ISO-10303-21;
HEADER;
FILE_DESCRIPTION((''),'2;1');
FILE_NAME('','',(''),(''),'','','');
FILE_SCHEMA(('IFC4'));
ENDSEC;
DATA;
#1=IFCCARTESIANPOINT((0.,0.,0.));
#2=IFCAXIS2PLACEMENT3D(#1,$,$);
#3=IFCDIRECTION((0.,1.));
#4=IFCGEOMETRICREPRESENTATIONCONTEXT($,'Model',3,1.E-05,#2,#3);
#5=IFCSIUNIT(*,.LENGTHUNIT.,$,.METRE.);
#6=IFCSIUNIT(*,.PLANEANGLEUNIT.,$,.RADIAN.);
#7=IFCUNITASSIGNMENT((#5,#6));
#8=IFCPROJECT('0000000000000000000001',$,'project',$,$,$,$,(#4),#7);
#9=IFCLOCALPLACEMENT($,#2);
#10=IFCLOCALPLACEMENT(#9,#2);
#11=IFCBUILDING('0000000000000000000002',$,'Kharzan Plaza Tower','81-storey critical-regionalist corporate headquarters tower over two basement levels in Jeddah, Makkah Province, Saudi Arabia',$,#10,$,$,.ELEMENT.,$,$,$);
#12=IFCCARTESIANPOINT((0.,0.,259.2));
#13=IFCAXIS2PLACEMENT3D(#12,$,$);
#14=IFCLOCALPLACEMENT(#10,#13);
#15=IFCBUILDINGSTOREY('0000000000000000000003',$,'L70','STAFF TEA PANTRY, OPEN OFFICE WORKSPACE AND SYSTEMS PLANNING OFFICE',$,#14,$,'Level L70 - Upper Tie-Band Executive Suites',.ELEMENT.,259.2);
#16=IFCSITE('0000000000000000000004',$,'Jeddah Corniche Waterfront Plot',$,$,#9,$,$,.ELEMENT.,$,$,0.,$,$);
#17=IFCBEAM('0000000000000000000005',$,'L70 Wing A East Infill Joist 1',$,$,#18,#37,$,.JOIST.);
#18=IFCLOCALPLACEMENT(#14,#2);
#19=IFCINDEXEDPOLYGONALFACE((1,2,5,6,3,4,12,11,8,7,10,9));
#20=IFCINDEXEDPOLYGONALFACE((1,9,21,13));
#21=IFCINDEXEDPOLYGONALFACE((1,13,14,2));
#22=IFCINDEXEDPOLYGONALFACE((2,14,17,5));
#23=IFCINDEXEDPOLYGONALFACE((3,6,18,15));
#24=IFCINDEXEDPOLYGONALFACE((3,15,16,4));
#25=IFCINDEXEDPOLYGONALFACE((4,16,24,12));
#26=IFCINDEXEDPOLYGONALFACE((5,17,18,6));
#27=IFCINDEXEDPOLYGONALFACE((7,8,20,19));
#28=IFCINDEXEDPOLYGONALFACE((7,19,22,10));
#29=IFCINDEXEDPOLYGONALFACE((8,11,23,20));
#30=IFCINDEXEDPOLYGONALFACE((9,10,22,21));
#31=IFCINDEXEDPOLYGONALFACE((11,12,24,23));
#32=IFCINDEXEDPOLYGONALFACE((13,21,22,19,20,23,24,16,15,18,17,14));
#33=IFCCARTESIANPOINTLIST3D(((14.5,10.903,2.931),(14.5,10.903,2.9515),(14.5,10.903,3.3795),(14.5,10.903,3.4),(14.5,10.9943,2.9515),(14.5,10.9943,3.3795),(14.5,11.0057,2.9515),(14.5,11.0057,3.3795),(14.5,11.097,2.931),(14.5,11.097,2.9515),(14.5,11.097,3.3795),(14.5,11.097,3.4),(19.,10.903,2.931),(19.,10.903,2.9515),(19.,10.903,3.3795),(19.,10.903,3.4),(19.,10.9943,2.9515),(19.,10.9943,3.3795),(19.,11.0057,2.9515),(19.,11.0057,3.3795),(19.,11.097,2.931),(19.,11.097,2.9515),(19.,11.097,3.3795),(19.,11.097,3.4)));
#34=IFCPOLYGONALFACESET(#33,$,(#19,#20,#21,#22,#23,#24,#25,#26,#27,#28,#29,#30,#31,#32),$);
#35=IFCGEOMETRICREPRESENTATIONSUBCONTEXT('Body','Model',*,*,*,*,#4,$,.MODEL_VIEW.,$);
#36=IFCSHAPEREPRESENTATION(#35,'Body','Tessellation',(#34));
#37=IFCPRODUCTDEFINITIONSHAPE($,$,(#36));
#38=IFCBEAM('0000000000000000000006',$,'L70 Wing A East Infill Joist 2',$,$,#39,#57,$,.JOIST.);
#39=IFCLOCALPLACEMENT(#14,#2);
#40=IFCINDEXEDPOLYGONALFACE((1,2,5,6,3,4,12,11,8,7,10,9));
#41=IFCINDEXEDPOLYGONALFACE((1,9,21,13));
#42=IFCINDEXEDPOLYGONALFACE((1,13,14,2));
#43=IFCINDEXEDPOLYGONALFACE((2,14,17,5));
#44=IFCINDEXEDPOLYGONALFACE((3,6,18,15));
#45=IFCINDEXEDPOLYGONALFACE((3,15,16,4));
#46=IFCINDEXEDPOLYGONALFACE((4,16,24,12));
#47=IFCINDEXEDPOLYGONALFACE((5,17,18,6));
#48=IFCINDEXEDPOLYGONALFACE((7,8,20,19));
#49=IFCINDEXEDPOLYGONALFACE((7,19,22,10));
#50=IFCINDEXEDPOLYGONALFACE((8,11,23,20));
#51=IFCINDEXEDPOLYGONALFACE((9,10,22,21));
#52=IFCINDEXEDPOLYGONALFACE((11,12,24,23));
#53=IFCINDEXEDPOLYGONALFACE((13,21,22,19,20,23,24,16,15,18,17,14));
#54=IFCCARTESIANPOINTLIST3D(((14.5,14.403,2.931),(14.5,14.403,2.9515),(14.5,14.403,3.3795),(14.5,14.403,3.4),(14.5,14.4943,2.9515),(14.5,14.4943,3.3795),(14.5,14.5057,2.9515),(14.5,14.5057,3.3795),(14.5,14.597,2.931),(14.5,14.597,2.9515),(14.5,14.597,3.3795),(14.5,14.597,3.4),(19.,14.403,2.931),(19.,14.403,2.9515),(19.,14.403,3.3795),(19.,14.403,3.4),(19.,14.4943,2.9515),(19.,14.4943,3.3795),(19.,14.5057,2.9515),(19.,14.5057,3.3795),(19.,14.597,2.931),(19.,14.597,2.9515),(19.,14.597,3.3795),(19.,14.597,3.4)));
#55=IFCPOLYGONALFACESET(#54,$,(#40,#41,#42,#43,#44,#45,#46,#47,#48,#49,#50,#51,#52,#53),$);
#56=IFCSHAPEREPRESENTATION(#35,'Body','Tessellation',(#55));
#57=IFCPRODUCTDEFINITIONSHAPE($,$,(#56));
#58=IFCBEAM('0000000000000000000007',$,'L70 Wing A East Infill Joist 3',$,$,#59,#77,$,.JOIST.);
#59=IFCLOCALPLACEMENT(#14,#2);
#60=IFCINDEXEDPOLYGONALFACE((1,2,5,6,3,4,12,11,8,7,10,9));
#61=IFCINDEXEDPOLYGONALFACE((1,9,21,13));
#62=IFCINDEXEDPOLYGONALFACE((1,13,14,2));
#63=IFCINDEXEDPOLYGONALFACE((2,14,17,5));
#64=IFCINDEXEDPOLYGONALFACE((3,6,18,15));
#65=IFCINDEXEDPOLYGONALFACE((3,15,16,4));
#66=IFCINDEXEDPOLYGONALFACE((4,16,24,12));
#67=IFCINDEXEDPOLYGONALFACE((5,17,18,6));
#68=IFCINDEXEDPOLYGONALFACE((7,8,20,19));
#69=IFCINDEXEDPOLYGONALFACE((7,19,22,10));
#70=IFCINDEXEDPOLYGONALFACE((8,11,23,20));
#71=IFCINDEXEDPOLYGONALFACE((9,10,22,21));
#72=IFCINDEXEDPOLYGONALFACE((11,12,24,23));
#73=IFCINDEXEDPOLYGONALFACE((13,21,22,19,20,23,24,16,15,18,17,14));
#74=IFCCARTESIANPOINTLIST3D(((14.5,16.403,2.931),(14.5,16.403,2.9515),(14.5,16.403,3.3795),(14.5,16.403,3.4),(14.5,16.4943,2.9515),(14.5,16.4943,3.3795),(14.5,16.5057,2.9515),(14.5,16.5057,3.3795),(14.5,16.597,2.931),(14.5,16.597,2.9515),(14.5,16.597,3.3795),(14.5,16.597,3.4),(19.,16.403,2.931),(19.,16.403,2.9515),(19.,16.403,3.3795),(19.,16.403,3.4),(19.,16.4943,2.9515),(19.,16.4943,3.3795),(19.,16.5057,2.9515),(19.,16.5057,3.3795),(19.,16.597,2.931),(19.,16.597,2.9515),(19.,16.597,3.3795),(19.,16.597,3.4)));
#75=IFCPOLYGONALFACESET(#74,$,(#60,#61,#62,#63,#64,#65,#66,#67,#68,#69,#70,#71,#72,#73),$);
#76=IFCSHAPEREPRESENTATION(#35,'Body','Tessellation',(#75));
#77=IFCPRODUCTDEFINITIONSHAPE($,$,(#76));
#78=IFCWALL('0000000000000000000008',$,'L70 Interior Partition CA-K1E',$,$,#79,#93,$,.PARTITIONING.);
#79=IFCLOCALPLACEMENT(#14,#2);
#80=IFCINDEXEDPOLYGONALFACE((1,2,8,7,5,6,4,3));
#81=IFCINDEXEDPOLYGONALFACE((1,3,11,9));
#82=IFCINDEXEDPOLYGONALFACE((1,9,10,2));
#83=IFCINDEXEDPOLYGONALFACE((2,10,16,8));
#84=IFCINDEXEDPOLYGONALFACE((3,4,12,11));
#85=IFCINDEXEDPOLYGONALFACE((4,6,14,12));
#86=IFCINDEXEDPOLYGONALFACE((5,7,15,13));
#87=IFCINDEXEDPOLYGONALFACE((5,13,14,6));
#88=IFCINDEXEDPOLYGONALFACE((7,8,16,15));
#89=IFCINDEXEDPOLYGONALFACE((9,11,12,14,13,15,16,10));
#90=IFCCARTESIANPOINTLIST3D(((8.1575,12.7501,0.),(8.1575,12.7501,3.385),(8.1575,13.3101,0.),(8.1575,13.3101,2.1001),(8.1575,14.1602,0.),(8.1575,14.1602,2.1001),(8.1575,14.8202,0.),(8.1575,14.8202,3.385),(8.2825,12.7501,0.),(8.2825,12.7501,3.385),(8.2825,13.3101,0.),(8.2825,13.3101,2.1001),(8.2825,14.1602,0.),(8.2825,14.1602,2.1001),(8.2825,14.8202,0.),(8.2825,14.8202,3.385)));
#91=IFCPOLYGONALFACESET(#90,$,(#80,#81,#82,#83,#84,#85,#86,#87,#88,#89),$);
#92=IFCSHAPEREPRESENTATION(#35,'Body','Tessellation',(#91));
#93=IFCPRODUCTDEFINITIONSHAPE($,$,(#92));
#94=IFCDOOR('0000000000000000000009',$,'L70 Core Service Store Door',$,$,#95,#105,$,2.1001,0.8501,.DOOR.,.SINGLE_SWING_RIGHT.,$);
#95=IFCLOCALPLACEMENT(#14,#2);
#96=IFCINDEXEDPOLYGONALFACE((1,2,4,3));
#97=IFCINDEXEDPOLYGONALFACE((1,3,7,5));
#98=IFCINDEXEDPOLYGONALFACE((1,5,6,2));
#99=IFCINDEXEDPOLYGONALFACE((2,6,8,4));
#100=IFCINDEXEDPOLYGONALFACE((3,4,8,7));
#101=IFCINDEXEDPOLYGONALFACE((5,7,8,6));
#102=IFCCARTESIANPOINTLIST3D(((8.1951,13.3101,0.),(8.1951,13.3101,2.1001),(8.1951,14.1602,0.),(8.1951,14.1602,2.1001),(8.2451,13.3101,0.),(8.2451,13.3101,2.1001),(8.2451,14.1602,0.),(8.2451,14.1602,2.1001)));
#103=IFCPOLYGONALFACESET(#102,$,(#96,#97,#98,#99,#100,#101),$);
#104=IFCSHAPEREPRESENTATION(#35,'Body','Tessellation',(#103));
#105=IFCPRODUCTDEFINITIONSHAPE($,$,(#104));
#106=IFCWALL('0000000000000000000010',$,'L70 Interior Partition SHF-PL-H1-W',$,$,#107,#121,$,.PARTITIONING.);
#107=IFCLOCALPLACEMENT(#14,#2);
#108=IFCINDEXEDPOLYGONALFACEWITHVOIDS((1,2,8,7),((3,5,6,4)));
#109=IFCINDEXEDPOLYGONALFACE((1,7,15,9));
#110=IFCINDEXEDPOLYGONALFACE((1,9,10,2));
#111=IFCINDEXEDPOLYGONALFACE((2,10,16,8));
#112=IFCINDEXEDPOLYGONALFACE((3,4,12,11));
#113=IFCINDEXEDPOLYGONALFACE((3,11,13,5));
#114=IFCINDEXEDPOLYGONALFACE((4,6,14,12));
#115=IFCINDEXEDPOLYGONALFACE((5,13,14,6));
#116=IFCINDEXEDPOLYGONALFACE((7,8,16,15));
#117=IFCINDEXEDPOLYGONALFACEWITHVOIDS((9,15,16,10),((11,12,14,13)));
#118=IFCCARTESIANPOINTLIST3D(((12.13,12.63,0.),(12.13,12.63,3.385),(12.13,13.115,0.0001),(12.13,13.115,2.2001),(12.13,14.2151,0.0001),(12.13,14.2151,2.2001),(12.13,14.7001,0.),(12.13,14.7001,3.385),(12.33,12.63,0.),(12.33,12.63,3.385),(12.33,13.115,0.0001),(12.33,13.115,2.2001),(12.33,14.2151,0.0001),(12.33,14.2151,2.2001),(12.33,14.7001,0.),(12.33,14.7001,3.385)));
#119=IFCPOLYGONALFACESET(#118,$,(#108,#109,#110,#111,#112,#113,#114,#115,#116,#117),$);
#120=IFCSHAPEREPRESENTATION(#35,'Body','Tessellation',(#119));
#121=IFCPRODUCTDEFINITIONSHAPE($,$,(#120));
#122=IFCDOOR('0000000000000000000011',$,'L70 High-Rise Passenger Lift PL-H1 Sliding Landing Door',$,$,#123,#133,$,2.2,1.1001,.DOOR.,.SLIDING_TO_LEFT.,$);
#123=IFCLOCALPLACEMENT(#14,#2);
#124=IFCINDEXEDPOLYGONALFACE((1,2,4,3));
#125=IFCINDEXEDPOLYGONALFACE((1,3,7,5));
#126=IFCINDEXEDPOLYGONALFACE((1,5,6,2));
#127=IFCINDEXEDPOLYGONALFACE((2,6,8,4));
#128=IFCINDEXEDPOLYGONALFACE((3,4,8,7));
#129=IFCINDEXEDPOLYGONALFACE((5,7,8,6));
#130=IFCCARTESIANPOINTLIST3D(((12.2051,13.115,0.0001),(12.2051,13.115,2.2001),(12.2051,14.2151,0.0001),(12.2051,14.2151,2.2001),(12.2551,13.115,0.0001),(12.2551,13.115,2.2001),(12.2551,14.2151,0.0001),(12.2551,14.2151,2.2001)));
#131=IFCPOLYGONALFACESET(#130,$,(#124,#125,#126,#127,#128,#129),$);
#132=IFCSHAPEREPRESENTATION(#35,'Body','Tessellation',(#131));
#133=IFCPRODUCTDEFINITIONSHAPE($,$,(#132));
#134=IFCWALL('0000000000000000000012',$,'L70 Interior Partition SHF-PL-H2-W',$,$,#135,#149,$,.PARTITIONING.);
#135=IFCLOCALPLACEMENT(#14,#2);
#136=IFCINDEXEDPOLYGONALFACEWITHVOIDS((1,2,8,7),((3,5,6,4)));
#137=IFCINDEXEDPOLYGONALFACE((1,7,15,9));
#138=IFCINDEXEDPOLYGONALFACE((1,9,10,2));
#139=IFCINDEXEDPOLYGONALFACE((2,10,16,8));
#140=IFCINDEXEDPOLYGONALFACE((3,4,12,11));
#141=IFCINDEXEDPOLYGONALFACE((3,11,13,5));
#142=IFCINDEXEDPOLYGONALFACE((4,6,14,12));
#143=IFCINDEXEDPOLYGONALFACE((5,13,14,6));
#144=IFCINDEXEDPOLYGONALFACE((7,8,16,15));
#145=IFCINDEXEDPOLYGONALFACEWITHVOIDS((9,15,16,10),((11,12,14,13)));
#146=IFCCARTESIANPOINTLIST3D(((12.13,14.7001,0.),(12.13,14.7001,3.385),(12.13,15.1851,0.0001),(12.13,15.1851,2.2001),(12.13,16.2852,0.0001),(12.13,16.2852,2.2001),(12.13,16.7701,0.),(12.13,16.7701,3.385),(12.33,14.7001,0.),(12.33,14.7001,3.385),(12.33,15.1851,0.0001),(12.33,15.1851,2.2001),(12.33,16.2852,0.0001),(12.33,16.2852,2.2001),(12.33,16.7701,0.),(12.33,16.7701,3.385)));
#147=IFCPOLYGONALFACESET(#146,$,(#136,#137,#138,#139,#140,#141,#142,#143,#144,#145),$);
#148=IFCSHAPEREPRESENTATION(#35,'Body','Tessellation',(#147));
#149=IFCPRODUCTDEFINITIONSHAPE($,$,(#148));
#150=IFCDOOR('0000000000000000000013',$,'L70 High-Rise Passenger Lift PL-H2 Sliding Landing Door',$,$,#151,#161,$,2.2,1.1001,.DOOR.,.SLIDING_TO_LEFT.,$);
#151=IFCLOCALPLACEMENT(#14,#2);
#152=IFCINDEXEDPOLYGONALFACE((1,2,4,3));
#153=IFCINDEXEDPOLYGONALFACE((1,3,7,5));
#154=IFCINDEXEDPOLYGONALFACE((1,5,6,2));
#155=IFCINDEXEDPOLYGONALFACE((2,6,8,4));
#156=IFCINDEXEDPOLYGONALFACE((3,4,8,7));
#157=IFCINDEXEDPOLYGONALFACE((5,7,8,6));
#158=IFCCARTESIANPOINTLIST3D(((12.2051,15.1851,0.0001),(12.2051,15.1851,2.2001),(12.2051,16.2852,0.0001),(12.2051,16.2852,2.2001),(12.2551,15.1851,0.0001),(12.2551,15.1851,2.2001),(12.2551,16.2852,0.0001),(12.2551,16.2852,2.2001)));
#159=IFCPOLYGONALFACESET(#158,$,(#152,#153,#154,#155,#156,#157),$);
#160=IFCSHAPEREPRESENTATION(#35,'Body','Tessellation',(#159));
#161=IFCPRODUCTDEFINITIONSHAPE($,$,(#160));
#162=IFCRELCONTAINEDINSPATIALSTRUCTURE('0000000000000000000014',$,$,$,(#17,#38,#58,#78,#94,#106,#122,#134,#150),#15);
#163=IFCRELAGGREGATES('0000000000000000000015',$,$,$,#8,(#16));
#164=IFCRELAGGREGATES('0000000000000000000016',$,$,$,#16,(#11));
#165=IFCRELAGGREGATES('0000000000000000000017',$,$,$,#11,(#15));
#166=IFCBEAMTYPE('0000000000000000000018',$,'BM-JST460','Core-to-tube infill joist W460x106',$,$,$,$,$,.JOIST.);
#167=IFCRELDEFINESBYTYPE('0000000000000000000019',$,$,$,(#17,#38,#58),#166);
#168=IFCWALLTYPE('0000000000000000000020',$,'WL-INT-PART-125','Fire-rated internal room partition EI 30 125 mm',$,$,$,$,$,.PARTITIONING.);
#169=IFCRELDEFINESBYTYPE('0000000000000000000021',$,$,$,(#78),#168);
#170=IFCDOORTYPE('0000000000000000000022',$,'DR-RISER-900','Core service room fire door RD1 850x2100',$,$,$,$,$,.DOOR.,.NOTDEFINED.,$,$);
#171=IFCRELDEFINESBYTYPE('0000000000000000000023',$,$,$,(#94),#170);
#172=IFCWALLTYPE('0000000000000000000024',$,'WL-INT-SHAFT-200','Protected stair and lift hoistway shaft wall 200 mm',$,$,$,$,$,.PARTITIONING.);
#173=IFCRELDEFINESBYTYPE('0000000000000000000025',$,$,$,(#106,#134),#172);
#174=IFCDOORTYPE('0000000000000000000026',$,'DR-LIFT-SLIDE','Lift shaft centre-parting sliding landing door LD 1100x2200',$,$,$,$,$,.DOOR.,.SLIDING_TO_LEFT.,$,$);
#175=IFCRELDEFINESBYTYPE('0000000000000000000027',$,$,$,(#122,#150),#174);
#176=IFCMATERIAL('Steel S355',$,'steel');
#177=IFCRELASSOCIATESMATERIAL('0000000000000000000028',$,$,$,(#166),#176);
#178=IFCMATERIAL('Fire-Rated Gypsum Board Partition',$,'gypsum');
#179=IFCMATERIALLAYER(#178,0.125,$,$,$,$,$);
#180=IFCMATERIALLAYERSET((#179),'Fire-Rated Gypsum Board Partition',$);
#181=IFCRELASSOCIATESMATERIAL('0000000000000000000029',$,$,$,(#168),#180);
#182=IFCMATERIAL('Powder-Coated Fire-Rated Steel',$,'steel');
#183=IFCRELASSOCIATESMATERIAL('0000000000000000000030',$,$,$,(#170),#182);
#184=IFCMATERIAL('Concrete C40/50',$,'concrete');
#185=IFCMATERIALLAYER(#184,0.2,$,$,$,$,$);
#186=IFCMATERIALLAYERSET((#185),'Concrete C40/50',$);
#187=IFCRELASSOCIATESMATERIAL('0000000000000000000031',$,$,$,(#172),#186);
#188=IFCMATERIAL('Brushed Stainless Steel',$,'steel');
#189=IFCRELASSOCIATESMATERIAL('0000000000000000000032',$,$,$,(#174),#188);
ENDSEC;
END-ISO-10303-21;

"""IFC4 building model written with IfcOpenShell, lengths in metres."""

from ifc_helpers import new_model, si_unit, direction, frame, frame_2d, origin, origin_2d, place, context, subcontext, project, spatial, rectangle, i_section, extrude, source, transform, mapped, material, layer, layer_set, material_profile, profile_set, type_object, element, fill, save


model = new_model("IFC4")

# Units and contexts
model_context = context("Model", 3, precision=1e-05, world=origin(), true_north=direction((0.0, 1.0)))
body_context = subcontext(model_context, "Body", "Model", "MODEL_VIEW")
ifc_project = project(units=[si_unit("LENGTHUNIT", "METRE"), si_unit("PLANEANGLEUNIT", "RADIAN")], contexts=[model_context])

# Site, building, storey
site_placement = place(None, origin())
site = spatial("IfcSite", under=ifc_project, at=site_placement, Name="Jeddah Corniche Waterfront Plot", CompositionType="ELEMENT", RefElevation=0.0)
building_placement = place(site_placement, origin())
building = spatial("IfcBuilding", under=site, at=building_placement, Name="Kharzan Plaza Tower", Description="81-storey critical-regionalist corporate headquarters tower over two basement levels in Jeddah, Makkah Province, Saudi Arabia", CompositionType="ELEMENT")
storey_placement = place(building_placement, frame((0.0, 0.0, 259.2)))
storey = spatial("IfcBuildingStorey", under=building, at=storey_placement, Name="L70", Description="STAFF TEA PANTRY, OPEN OFFICE WORKSPACE AND SYSTEMS PLANNING OFFICE", LongName="Level L70 - Upper Tie-Band Executive Suites", CompositionType="ELEMENT", Elevation=259.2)

# Beams
ifc_material_1 = material(Name="Steel S355", Category="steel")
ifc_material_profile = material_profile(ifc_material_1, i_section(OverallWidth=0.1941, OverallDepth=0.469, WebThickness=0.0115, FlangeThickness=0.0205, at=origin_2d()), Name="W460x106")
ifc_profile_set = profile_set([ifc_material_profile], Name="Steel S355")
beam_type = type_object("IfcBeamType", Name="BM-JST460", Description="Core-to-tube infill joist W460x106", PredefinedType="JOIST", material=ifc_profile_set)
shared_shape_1 = source(origin(), body_context, "Body", "SweptSolid", [
    extrude(i_section(OverallWidth=0.1941, OverallDepth=0.469, WebThickness=0.0115, FlangeThickness=0.0205, at=origin_2d()), origin(), (0.0, 0.0, 1.0), 4.5),
])
for number, where, z_axis, x_axis, name in (
    (1, (14.5, 11.0, 3.1655), (1.0, 0.0, 0.0), (0.0, 1.0, 0.0), "L70 Wing A East Infill Joist 1"),
    (2, (14.5, 14.5, 3.1655), (1.0, 0.0, 0.0), (0.0, 1.0, 0.0), "L70 Wing A East Infill Joist 2"),
    (3, (14.5, 16.5, 3.1655), (1.0, 0.0, 0.0), (0.0, 1.0, 0.0), "L70 Wing A East Infill Joist 3"),
):
    element("IfcBeam", number, at=place(storey_placement, frame(where, z_axis=z_axis, x_axis=x_axis)), inside=storey, type_object=beam_type, Name=name, PredefinedType="JOIST", context=body_context, shape_type="MappedRepresentation", body=[
        mapped(shared_shape_1, transform((0.0, 0.0, 0.0), x_axis=(1.0, 0.0, 0.0), y_axis=(0.0, 1.0, 0.0), z_axis=(0.0, 0.0, 1.0))),
    ])

# Walls, openings, doors
ifc_material_2 = material(Name="Fire-Rated Gypsum Board Partition", Category="gypsum")
ifc_layer_1 = layer(ifc_material_2, 0.125)
ifc_layer_set_1 = layer_set([ifc_layer_1], Name="Fire-Rated Gypsum Board Partition")
wall_type_1 = type_object("IfcWallType", Name="WL-INT-PART-125", Description="Fire-rated internal room partition EI 30 125 mm", PredefinedType="PARTITIONING", material=ifc_layer_set_1)
wall_1_placement = place(storey_placement, frame((8.22, 12.75, 0.0), z_axis=(0.0, 0.0, 1.0), x_axis=(0.0, 1.0, 0.0)))
wall_1 = element("IfcWall", 4, at=wall_1_placement, inside=storey, type_object=wall_type_1, Name="L70 Interior Partition CA-K1E", PredefinedType="PARTITIONING", context=body_context, shape_type="SweptSolid", body=[
    extrude(rectangle(XDim=2.0701, YDim=0.125, at=frame_2d((1.0352, 0.0))), origin(), (0.0, 0.0, 1.0), 3.385),
])
opening_1_placement = place(wall_1_placement, frame((0.5601, 0.0, 0.0)))
opening_1 = element("IfcOpeningElement", 5, at=opening_1_placement, cuts=wall_1, PredefinedType="OPENING", context=body_context, shape_type="SweptSolid", body=[
    extrude(rectangle(XDim=0.8501, YDim=2.1001, at=frame_2d((0.425, 1.05))), frame((0.0, 0.0725, 0.0), z_axis=(0.0, -1.0, 0.0), x_axis=(1.0, 0.0, 0.0)), (0.0, 0.0, 1.0), 0.145),
])
ifc_material_3 = material(Name="Powder-Coated Fire-Rated Steel", Category="steel")
door_type_1 = type_object("IfcDoorType", Name="DR-RISER-900", Description="Core service room fire door RD1 850x2100", OperationType="NOTDEFINED", PredefinedType="DOOR", material=ifc_material_3)
shared_shape_2 = source(origin(), body_context, "Body", "SweptSolid", [
    extrude(rectangle(XDim=0.8501, YDim=2.1001, at=frame_2d((0.425, 1.05))), frame((0.0, 0.0249, 0.0), z_axis=(0.0, -1.0, 0.0), x_axis=(1.0, 0.0, 0.0)), (0.0, 0.0, 1.0), 0.05),
])
door_1_placement = place(opening_1_placement, origin())
door_1 = element("IfcDoor", 6, at=door_1_placement, inside=storey, type_object=door_type_1, Name="L70 Core Service Store Door", OperationType="SINGLE_SWING_RIGHT", OverallHeight=2.1001, OverallWidth=0.8501, PredefinedType="DOOR", context=body_context, shape_type="MappedRepresentation", body=[
    mapped(shared_shape_2, transform((0.0, 0.0, 0.0), x_axis=(1.0, 0.0, 0.0), y_axis=(0.0, 1.0, 0.0), z_axis=(0.0, 0.0, 1.0))),
])
fill(opening_1, door_1)
ifc_material_4 = material(Name="Concrete C40/50", Category="concrete")
ifc_layer_2 = layer(ifc_material_4, 0.2)
ifc_layer_set_2 = layer_set([ifc_layer_2], Name="Concrete C40/50")
wall_type_2 = type_object("IfcWallType", Name="WL-INT-SHAFT-200", Description="Protected stair and lift hoistway shaft wall 200 mm", PredefinedType="PARTITIONING", material=ifc_layer_set_2)
wall_2_placement = place(storey_placement, frame((12.23, 12.6299, 0.0), z_axis=(0.0, 0.0, 1.0), x_axis=(0.0, 1.0, 0.0)))
wall_2 = element("IfcWall", 7, at=wall_2_placement, inside=storey, type_object=wall_type_2, Name="L70 Interior Partition SHF-PL-H1-W", PredefinedType="PARTITIONING", context=body_context, shape_type="SweptSolid", body=[
    extrude(rectangle(XDim=2.0701, YDim=0.2, at=frame_2d((1.0352, 0.0))), origin(), (0.0, 0.0, 1.0), 3.385),
])
opening_2_placement = place(wall_2_placement, frame((0.4851, 0.0, 0.0)))
opening_2 = element("IfcOpeningElement", 8, at=opening_2_placement, cuts=wall_2, PredefinedType="OPENING", context=body_context, shape_type="SweptSolid", body=[
    extrude(rectangle(XDim=1.1001, YDim=2.2, at=frame_2d((0.55, 1.1001))), frame((0.0, 0.1099, 0.0), z_axis=(0.0, -1.0, 0.0), x_axis=(1.0, 0.0, 0.0)), (0.0, 0.0, 1.0), 0.22),
])
ifc_material_5 = material(Name="Brushed Stainless Steel", Category="steel")
door_type_2 = type_object("IfcDoorType", Name="DR-LIFT-SLIDE", Description="Lift shaft centre-parting sliding landing door LD 1100x2200", OperationType="SLIDING_TO_LEFT", PredefinedType="DOOR", material=ifc_material_5)
shared_shape_3 = source(origin(), body_context, "Body", "SweptSolid", [
    extrude(rectangle(XDim=1.1001, YDim=2.2, at=frame_2d((0.55, 1.1001))), frame((0.0, 0.0249, 0.0), z_axis=(0.0, -1.0, 0.0), x_axis=(1.0, 0.0, 0.0)), (0.0, 0.0, 1.0), 0.05),
])
door_2_placement = place(opening_2_placement, origin())
door_2 = element("IfcDoor", 9, at=door_2_placement, inside=storey, type_object=door_type_2, Name="L70 High-Rise Passenger Lift PL-H1 Sliding Landing Door", OperationType="SLIDING_TO_LEFT", OverallHeight=2.2, OverallWidth=1.1001, PredefinedType="DOOR", context=body_context, shape_type="MappedRepresentation", body=[
    mapped(shared_shape_3, transform((0.0, 0.0, 0.0), x_axis=(1.0, 0.0, 0.0), y_axis=(0.0, 1.0, 0.0), z_axis=(0.0, 0.0, 1.0))),
])
fill(opening_2, door_2)
wall_3_placement = place(storey_placement, frame((12.23, 14.7, 0.0), z_axis=(0.0, 0.0, 1.0), x_axis=(0.0, 1.0, 0.0)))
wall_3 = element("IfcWall", 10, at=wall_3_placement, inside=storey, type_object=wall_type_2, Name="L70 Interior Partition SHF-PL-H2-W", PredefinedType="PARTITIONING", context=body_context, shape_type="SweptSolid", body=[
    extrude(rectangle(XDim=2.0701, YDim=0.2, at=frame_2d((1.0352, 0.0))), origin(), (0.0, 0.0, 1.0), 3.385),
])
opening_3_placement = place(wall_3_placement, frame((0.4851, 0.0, 0.0)))
opening_3 = element("IfcOpeningElement", 11, at=opening_3_placement, cuts=wall_3, PredefinedType="OPENING", context=body_context, shape_type="SweptSolid", body=[
    extrude(rectangle(XDim=1.1001, YDim=2.2, at=frame_2d((0.55, 1.1001))), frame((0.0, 0.1099, 0.0), z_axis=(0.0, -1.0, 0.0), x_axis=(1.0, 0.0, 0.0)), (0.0, 0.0, 1.0), 0.22),
])
door_3_placement = place(opening_3_placement, origin())
door_3 = element("IfcDoor", 12, at=door_3_placement, inside=storey, type_object=door_type_2, Name="L70 High-Rise Passenger Lift PL-H2 Sliding Landing Door", OperationType="SLIDING_TO_LEFT", OverallHeight=2.2, OverallWidth=1.1001, PredefinedType="DOOR", context=body_context, shape_type="MappedRepresentation", body=[
    mapped(shared_shape_3, transform((0.0, 0.0, 0.0), x_axis=(1.0, 0.0, 0.0), y_axis=(0.0, 1.0, 0.0), z_axis=(0.0, 0.0, 1.0))),
])
fill(opening_3, door_3)

save(model, "model.ifc")
